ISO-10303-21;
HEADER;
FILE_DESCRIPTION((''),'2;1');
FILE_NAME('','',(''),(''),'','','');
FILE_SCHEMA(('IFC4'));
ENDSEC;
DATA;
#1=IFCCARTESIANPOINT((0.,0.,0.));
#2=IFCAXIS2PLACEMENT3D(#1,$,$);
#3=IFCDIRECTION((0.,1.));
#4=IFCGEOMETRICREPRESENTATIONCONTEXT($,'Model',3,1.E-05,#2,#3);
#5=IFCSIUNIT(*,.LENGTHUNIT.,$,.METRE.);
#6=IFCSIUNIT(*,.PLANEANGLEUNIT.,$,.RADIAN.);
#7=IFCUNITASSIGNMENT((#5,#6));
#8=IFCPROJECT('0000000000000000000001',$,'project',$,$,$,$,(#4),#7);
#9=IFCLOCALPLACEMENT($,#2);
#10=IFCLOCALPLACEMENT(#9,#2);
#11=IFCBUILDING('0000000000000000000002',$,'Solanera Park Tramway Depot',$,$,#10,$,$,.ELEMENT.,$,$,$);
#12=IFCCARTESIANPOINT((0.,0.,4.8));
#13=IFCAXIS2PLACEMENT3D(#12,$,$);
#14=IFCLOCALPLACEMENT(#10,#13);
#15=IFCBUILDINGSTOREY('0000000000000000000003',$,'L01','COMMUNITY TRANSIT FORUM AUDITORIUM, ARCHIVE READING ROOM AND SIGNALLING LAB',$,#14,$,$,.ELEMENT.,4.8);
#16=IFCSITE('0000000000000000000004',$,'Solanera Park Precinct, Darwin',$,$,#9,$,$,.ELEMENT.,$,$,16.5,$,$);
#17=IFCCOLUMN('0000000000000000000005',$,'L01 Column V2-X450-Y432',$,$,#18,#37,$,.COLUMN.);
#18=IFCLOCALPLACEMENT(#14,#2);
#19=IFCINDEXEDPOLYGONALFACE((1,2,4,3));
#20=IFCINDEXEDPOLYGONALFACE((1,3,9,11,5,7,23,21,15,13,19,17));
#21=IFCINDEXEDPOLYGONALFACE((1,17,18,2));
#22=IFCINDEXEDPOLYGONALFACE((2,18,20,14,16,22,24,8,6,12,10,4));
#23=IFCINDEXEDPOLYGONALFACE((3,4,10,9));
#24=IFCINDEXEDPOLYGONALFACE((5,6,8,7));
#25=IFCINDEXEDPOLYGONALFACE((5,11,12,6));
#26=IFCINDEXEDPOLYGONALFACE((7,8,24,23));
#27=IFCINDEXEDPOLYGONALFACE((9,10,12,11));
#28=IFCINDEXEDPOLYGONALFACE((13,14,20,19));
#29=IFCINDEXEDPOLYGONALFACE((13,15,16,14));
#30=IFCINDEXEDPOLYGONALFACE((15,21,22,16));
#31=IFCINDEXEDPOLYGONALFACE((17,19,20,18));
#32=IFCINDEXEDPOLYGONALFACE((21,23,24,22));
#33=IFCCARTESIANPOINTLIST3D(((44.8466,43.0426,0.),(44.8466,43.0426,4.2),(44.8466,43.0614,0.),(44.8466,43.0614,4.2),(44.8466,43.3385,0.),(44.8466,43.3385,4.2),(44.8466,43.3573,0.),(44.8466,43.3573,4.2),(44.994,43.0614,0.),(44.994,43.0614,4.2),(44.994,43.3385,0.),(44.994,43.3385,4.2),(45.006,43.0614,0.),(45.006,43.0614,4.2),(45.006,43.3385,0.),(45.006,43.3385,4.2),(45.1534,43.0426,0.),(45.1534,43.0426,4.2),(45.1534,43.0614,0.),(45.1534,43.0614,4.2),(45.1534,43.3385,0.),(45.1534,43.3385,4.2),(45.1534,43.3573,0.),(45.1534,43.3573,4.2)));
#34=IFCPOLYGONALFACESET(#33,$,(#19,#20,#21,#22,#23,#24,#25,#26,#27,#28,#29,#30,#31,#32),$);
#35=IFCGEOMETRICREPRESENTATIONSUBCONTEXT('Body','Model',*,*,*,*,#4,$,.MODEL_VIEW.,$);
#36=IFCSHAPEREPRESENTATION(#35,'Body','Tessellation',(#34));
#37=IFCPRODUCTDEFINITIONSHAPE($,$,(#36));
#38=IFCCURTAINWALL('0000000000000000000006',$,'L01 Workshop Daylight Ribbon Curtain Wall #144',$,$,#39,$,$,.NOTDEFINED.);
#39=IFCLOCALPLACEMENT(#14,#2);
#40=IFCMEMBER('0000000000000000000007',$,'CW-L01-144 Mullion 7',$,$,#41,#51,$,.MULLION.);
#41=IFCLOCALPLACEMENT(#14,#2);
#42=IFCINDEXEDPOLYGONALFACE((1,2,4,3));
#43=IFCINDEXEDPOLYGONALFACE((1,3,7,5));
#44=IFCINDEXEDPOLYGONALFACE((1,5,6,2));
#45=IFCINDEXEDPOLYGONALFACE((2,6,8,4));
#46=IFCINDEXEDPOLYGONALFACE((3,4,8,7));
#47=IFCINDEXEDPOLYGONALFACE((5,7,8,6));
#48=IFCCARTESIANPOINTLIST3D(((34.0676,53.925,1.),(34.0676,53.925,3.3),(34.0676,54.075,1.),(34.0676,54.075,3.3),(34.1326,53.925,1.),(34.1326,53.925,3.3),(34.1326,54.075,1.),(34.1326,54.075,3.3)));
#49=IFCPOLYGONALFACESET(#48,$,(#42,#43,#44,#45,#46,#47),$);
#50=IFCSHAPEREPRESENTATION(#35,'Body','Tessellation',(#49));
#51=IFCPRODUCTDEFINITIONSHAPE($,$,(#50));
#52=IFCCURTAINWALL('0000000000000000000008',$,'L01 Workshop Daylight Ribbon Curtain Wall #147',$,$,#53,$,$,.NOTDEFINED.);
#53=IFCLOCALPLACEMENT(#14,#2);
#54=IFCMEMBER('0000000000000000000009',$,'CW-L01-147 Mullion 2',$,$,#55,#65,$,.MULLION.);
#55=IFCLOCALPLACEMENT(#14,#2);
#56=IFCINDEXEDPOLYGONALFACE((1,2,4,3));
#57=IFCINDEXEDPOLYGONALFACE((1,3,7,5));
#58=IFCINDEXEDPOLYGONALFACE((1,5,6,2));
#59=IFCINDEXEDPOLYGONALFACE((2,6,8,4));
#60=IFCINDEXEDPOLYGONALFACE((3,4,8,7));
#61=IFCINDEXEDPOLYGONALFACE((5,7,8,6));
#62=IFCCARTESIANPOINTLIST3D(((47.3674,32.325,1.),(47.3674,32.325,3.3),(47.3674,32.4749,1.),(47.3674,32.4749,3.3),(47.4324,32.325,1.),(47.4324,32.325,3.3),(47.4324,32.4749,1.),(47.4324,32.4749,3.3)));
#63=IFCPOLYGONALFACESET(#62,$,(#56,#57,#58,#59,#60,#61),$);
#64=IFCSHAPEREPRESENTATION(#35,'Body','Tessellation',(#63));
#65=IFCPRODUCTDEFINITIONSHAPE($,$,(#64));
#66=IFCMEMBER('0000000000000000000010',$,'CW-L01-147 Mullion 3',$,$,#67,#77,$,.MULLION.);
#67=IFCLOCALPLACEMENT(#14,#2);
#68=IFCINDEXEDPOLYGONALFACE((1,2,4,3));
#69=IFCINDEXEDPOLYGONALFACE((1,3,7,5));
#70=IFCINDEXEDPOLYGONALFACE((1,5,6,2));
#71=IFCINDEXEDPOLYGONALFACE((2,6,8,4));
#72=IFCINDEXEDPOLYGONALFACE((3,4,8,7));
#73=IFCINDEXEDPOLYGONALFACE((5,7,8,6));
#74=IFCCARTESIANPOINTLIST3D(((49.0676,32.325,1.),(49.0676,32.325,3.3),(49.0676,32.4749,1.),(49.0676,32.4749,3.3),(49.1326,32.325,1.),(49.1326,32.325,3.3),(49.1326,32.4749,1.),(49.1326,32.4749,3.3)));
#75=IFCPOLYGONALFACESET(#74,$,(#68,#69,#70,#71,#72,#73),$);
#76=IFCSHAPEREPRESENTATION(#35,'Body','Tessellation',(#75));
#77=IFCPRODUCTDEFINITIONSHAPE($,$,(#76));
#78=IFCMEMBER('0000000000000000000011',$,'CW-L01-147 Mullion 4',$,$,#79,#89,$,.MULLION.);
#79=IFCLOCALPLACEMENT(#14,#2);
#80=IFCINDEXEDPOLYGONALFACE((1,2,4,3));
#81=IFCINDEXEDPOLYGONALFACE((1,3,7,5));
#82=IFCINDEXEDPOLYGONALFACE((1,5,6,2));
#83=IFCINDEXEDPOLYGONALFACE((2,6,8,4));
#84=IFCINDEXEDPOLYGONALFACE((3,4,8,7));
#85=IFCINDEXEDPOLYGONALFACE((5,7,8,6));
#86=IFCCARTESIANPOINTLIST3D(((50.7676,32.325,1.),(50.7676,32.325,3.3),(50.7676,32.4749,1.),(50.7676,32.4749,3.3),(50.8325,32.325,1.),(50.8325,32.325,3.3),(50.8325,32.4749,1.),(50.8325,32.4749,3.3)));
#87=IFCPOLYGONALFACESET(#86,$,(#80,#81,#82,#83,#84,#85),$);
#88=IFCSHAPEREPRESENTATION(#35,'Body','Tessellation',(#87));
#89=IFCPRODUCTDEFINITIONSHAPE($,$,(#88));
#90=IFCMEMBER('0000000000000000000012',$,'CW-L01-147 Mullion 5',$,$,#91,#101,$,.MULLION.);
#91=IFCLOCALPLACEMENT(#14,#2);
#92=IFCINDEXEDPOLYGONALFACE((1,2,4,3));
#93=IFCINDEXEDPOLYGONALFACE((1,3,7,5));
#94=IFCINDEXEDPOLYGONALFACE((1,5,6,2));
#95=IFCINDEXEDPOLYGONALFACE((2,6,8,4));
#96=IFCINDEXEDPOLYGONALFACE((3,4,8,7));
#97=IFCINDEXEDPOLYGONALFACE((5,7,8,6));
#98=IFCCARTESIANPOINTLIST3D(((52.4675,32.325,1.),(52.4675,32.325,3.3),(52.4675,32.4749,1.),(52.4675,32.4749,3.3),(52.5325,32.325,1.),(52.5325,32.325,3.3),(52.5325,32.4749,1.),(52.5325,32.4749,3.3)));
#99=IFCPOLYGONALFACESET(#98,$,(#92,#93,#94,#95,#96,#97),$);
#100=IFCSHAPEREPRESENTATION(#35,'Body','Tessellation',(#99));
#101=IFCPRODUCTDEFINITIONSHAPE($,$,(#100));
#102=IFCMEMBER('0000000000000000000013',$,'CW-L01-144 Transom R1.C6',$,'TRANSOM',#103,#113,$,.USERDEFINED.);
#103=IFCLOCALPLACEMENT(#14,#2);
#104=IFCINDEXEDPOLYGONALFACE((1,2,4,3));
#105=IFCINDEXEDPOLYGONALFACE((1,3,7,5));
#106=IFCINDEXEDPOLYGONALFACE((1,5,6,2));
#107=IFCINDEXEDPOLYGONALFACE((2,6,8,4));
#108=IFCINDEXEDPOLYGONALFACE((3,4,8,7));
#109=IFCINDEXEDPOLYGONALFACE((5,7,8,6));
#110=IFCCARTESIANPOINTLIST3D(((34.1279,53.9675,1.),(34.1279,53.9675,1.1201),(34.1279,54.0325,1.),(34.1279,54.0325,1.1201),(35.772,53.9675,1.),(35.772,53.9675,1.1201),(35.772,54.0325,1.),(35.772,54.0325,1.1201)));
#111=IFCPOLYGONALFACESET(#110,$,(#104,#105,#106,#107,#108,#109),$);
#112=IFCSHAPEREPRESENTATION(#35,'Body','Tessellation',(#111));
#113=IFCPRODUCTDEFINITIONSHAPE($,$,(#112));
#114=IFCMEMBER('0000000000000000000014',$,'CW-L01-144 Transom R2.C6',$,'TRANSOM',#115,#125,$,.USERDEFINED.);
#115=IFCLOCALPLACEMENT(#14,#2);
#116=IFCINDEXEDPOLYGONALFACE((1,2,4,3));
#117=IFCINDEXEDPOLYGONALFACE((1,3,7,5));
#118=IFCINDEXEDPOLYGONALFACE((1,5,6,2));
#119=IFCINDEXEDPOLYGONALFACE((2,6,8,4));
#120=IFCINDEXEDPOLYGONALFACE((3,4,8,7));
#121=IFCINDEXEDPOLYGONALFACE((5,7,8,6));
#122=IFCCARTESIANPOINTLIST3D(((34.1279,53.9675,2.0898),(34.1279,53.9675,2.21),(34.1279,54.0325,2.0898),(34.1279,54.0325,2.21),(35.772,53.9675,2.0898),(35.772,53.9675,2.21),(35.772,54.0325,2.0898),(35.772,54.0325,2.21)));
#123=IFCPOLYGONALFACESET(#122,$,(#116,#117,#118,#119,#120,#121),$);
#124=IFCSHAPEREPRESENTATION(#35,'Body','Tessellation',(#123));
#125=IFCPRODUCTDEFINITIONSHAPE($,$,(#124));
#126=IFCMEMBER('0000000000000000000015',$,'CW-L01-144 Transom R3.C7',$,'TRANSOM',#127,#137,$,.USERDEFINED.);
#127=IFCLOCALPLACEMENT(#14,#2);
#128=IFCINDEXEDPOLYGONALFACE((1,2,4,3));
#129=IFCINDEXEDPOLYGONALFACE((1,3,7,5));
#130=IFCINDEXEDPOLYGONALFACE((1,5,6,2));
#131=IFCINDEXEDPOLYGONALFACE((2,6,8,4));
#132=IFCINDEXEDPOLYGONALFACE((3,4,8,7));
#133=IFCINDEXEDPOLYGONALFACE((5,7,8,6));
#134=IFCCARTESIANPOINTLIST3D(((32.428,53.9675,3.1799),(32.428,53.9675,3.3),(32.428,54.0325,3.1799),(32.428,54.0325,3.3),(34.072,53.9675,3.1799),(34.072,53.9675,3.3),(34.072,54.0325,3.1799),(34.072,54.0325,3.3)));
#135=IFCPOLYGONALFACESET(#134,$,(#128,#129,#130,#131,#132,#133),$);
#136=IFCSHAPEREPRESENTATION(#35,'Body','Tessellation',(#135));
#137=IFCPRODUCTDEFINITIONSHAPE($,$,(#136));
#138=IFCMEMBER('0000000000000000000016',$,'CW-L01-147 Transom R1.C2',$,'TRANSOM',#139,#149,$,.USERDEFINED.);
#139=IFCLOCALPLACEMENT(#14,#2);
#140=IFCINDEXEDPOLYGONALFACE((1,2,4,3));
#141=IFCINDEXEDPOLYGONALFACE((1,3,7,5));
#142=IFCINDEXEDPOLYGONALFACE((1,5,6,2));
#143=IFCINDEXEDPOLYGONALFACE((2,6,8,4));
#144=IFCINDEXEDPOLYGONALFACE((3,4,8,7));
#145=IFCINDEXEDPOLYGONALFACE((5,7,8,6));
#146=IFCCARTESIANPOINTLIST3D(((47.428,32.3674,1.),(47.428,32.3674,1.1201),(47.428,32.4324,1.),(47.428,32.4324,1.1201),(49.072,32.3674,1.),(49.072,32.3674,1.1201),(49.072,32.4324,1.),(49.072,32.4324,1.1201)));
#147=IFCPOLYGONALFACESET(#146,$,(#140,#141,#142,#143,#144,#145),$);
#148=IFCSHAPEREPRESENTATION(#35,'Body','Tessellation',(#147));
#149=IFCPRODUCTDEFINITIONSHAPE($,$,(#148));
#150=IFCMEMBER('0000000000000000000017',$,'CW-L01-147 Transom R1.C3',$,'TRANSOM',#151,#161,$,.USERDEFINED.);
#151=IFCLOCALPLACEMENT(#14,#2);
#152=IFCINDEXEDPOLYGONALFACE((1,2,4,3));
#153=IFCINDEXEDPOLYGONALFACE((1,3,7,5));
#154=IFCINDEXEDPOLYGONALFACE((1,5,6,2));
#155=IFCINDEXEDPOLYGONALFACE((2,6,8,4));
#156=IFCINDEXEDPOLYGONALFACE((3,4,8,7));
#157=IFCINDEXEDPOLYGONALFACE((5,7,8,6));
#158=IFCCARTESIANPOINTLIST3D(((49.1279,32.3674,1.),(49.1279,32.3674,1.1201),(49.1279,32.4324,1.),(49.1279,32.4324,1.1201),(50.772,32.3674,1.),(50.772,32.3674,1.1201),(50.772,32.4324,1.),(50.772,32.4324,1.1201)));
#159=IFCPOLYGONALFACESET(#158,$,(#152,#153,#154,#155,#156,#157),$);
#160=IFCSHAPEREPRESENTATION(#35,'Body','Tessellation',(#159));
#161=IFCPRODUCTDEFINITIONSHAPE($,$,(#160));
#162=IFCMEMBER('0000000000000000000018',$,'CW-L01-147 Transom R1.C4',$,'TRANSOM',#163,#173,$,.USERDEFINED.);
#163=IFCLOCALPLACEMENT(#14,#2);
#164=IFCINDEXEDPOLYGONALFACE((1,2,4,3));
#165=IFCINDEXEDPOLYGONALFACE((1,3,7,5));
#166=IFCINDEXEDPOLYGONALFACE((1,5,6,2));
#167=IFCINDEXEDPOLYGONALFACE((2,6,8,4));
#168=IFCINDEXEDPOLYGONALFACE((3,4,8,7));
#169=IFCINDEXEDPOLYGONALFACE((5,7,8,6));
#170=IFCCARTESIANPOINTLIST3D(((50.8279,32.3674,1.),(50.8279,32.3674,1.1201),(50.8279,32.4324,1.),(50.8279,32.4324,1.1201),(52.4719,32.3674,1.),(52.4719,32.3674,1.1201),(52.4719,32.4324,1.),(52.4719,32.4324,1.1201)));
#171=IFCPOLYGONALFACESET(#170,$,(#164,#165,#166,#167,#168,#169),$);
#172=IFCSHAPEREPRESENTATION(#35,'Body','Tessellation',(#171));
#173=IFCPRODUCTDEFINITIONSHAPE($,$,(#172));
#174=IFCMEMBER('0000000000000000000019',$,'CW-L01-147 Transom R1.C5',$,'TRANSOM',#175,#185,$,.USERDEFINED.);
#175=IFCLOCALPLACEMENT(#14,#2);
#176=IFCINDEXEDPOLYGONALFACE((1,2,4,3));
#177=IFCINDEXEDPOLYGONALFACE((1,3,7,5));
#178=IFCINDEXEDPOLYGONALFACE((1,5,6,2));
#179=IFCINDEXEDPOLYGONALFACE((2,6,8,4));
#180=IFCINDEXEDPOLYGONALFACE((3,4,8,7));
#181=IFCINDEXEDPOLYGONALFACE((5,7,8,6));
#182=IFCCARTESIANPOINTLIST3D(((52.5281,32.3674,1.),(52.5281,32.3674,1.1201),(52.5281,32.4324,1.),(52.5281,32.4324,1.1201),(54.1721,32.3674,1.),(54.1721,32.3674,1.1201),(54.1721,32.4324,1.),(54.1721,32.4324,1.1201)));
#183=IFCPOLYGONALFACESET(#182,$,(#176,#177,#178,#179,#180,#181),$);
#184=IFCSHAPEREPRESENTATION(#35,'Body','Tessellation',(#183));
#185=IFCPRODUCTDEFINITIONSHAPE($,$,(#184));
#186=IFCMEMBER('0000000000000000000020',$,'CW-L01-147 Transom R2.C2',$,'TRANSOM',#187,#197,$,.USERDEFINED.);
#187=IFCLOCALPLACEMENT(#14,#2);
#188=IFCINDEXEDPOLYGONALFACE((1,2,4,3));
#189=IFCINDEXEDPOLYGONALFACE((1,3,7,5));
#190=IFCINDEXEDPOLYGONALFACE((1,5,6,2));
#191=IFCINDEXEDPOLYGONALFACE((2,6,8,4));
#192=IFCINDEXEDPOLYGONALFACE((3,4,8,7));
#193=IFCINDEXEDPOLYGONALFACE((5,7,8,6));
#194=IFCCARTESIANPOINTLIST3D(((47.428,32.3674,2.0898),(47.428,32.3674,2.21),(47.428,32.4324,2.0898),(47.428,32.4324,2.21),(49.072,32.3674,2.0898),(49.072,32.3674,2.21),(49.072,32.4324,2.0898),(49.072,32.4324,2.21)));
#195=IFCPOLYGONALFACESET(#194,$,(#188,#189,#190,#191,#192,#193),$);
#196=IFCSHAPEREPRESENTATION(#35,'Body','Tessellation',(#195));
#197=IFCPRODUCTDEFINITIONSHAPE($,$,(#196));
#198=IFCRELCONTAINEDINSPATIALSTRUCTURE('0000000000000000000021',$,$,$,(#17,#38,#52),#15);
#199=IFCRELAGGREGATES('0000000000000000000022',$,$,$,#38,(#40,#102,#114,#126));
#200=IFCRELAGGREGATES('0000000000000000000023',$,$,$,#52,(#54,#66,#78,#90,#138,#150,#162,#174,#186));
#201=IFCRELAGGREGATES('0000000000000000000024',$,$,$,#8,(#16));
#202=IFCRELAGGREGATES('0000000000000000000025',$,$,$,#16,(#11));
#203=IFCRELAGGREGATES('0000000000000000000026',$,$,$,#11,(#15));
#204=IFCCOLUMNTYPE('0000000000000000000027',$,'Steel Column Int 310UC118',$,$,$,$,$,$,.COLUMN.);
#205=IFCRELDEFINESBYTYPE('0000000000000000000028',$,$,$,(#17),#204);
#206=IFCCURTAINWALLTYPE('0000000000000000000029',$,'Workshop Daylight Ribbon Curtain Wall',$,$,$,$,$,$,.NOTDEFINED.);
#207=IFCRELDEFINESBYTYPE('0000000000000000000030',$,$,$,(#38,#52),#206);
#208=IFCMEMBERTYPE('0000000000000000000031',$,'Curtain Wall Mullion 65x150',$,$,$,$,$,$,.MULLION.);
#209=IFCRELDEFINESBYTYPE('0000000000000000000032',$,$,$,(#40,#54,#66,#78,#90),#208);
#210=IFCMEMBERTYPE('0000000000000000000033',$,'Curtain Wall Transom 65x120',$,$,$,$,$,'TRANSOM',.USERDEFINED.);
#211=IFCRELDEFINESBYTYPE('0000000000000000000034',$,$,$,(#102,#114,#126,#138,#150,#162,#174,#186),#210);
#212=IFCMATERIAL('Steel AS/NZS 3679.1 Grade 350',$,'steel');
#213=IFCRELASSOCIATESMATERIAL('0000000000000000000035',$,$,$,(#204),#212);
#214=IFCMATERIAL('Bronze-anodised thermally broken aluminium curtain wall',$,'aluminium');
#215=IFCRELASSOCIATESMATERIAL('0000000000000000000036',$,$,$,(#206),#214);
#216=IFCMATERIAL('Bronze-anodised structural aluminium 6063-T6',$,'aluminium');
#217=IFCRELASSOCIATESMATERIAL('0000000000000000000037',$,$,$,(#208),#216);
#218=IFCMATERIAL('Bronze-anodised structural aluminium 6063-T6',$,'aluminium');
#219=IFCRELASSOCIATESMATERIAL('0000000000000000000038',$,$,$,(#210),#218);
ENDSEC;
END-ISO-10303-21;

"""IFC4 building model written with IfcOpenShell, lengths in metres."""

from ifc_helpers import new_model, si_unit, direction, frame, origin, origin_2d, place, context, subcontext, project, spatial, rectangle, i_section, extrude, material, material_profile, profile_set, type_object, element, aggregate, save


model = new_model("IFC4")

# Units and contexts
model_context = context("Model", 3, precision=1e-05, world=origin(), true_north=direction((0.0, 1.0)))
body_context = subcontext(model_context, "Body", "Model", "MODEL_VIEW")
ifc_project = project(units=[si_unit("LENGTHUNIT", "METRE"), si_unit("PLANEANGLEUNIT", "RADIAN")], contexts=[model_context])

# Site, building, storey
site_placement = place(None, origin())
site = spatial("IfcSite", under=ifc_project, at=site_placement, Name="Solanera Park Precinct, Darwin", CompositionType="ELEMENT", RefElevation=16.5)
building_placement = place(site_placement, origin())
building = spatial("IfcBuilding", under=site, at=building_placement, Name="Solanera Park Tramway Depot", CompositionType="ELEMENT")
storey_placement = place(building_placement, frame((0.0, 0.0, 4.8)))
storey = spatial("IfcBuildingStorey", under=building, at=storey_placement, Name="L01", Description="COMMUNITY TRANSIT FORUM AUDITORIUM, ARCHIVE READING ROOM AND SIGNALLING LAB", CompositionType="ELEMENT", Elevation=4.8)

# Column
ifc_material_1 = material(Name="Steel AS/NZS 3679.1 Grade 350", Category="steel")
ifc_material_profile_1 = material_profile(ifc_material_1, i_section(OverallWidth=0.3069, OverallDepth=0.3147, WebThickness=0.012, FlangeThickness=0.0188, at=origin_2d()), Name="310UC118")
ifc_profile_set_1 = profile_set([ifc_material_profile_1], Name="Steel AS/NZS 3679.1 Grade 350")
column_type = type_object("IfcColumnType", Name="Steel Column Int 310UC118", PredefinedType="COLUMN", material=ifc_profile_set_1)
column_placement = place(storey_placement, frame((45.0, 43.2, 0.0), z_axis=(0.0, 0.0, 1.0), x_axis=(1.0, 0.0, 0.0)))
element("IfcColumn", 1, at=column_placement, inside=storey, type_object=column_type, Name="L01 Column V2-X450-Y432", PredefinedType="COLUMN", context=body_context, shape_type="SweptSolid", body=[
    extrude(i_section(OverallWidth=0.3069, OverallDepth=0.3147, WebThickness=0.012, FlangeThickness=0.0188, at=origin_2d()), origin(), (0.0, 0.0, 1.0), 4.2),
])

# Curtain wall, member
ifc_material_2 = material(Name="Bronze-anodised thermally broken aluminium curtain wall", Category="aluminium")
curtain_wall_type = type_object("IfcCurtainWallType", Name="Workshop Daylight Ribbon Curtain Wall", PredefinedType="NOTDEFINED", material=ifc_material_2)
curtain_wall_1_placement = place(storey_placement, origin())
curtain_wall_1 = element("IfcCurtainWall", 2, at=curtain_wall_1_placement, inside=storey, type_object=curtain_wall_type, Name="L01 Workshop Daylight Ribbon Curtain Wall #144", PredefinedType="NOTDEFINED")
ifc_material_3 = material(Name="Bronze-anodised structural aluminium 6063-T6", Category="aluminium")
ifc_material_profile_2 = material_profile(ifc_material_3, rectangle(XDim=0.0649, YDim=0.1499, at=origin_2d()), Name="Curtain Wall Mullion 65x150")
ifc_profile_set_2 = profile_set([ifc_material_profile_2], Name="Bronze-anodised structural aluminium 6063-T6")
member_type_1 = type_object("IfcMemberType", Name="Curtain Wall Mullion 65x150", PredefinedType="MULLION", material=ifc_profile_set_2)
member_1_placement = place(storey_placement, frame((34.1001, 54.0, 1.0), z_axis=(0.0, 0.0, 1.0), x_axis=(1.0, 0.0, 0.0)))
member_1 = element("IfcMember", 3, at=member_1_placement, type_object=member_type_1, Name="CW-L01-144 Mullion 7", PredefinedType="MULLION", context=body_context, shape_type="SweptSolid", body=[
    extrude(rectangle(XDim=0.0649, YDim=0.1499, at=origin_2d()), origin(), (0.0, 0.0, 1.0), 2.3),
])

# Curtain wall, members
curtain_wall_2_placement = place(storey_placement, origin())
curtain_wall_2 = element("IfcCurtainWall", 4, at=curtain_wall_2_placement, inside=storey, type_object=curtain_wall_type, Name="L01 Workshop Daylight Ribbon Curtain Wall #147", PredefinedType="NOTDEFINED")
member_2_placement = place(storey_placement, frame((47.3999, 32.3999, 1.0), z_axis=(0.0, 0.0, 1.0), x_axis=(1.0, 0.0, 0.0)))
member_2 = element("IfcMember", 5, at=member_2_placement, type_object=member_type_1, Name="CW-L01-147 Mullion 2", PredefinedType="MULLION", context=body_context, shape_type="SweptSolid", body=[
    extrude(rectangle(XDim=0.0649, YDim=0.1499, at=origin_2d()), origin(), (0.0, 0.0, 1.0), 2.3),
])
member_3_placement = place(storey_placement, frame((49.1001, 32.3999, 1.0), z_axis=(0.0, 0.0, 1.0), x_axis=(1.0, 0.0, 0.0)))
member_3 = element("IfcMember", 6, at=member_3_placement, type_object=member_type_1, Name="CW-L01-147 Mullion 3", PredefinedType="MULLION", context=body_context, shape_type="SweptSolid", body=[
    extrude(rectangle(XDim=0.0649, YDim=0.1499, at=origin_2d()), origin(), (0.0, 0.0, 1.0), 2.3),
])
member_4_placement = place(storey_placement, frame((50.8, 32.3999, 1.0), z_axis=(0.0, 0.0, 1.0), x_axis=(1.0, 0.0, 0.0)))
member_4 = element("IfcMember", 7, at=member_4_placement, type_object=member_type_1, Name="CW-L01-147 Mullion 4", PredefinedType="MULLION", context=body_context, shape_type="SweptSolid", body=[
    extrude(rectangle(XDim=0.0649, YDim=0.1499, at=origin_2d()), origin(), (0.0, 0.0, 1.0), 2.3),
])
member_5_placement = place(storey_placement, frame((52.5, 32.3999, 1.0), z_axis=(0.0, 0.0, 1.0), x_axis=(1.0, 0.0, 0.0)))
member_5 = element("IfcMember", 8, at=member_5_placement, type_object=member_type_1, Name="CW-L01-147 Mullion 5", PredefinedType="MULLION", context=body_context, shape_type="SweptSolid", body=[
    extrude(rectangle(XDim=0.0649, YDim=0.1499, at=origin_2d()), origin(), (0.0, 0.0, 1.0), 2.3),
])

# Members
ifc_material_4 = material(Name="Bronze-anodised structural aluminium 6063-T6", Category="aluminium")
ifc_material_profile_3 = material_profile(ifc_material_4, rectangle(XDim=0.0649, YDim=0.1201, at=origin_2d()), Name="Curtain Wall Transom 65x120")
ifc_profile_set_3 = profile_set([ifc_material_profile_3], Name="Bronze-anodised structural aluminium 6063-T6")
member_type_2 = type_object("IfcMemberType", Name="Curtain Wall Transom 65x120", ElementType="TRANSOM", PredefinedType="USERDEFINED", material=ifc_profile_set_3)
member_6_placement = place(storey_placement, frame((35.772, 54.0, 1.0601), z_axis=(-1.0, 0.0, 0.0), x_axis=(0.0, -1.0, 0.0)))
member_6 = element("IfcMember", 9, at=member_6_placement, type_object=member_type_2, Name="CW-L01-144 Transom R1.C6", ObjectType="TRANSOM", PredefinedType="USERDEFINED", context=body_context, shape_type="SweptSolid", body=[
    extrude(rectangle(XDim=0.0649, YDim=0.1201, at=origin_2d()), origin(), (0.0, 0.0, 1.0), 1.644),
])
member_7_placement = place(storey_placement, frame((35.772, 54.0, 2.1499), z_axis=(-1.0, 0.0, 0.0), x_axis=(0.0, -1.0, 0.0)))
member_7 = element("IfcMember", 10, at=member_7_placement, type_object=member_type_2, Name="CW-L01-144 Transom R2.C6", ObjectType="TRANSOM", PredefinedType="USERDEFINED", context=body_context, shape_type="SweptSolid", body=[
    extrude(rectangle(XDim=0.0649, YDim=0.1201, at=origin_2d()), origin(), (0.0, 0.0, 1.0), 1.644),
])
member_8_placement = place(storey_placement, frame((34.072, 54.0, 3.24), z_axis=(-1.0, 0.0, 0.0), x_axis=(0.0, -1.0, 0.0)))
member_8 = element("IfcMember", 11, at=member_8_placement, type_object=member_type_2, Name="CW-L01-144 Transom R3.C7", ObjectType="TRANSOM", PredefinedType="USERDEFINED", context=body_context, shape_type="SweptSolid", body=[
    extrude(rectangle(XDim=0.0649, YDim=0.1201, at=origin_2d()), origin(), (0.0, 0.0, 1.0), 1.644),
])
member_9_placement = place(storey_placement, frame((47.428, 32.3999, 1.0601), z_axis=(1.0, 0.0, 0.0), x_axis=(0.0, 1.0, 0.0)))
member_9 = element("IfcMember", 12, at=member_9_placement, type_object=member_type_2, Name="CW-L01-147 Transom R1.C2", ObjectType="TRANSOM", PredefinedType="USERDEFINED", context=body_context, shape_type="SweptSolid", body=[
    extrude(rectangle(XDim=0.0649, YDim=0.1201, at=origin_2d()), origin(), (0.0, 0.0, 1.0), 1.644),
])
member_10_placement = place(storey_placement, frame((49.1279, 32.3999, 1.0601), z_axis=(1.0, 0.0, 0.0), x_axis=(0.0, 1.0, 0.0)))
member_10 = element("IfcMember", 13, at=member_10_placement, type_object=member_type_2, Name="CW-L01-147 Transom R1.C3", ObjectType="TRANSOM", PredefinedType="USERDEFINED", context=body_context, shape_type="SweptSolid", body=[
    extrude(rectangle(XDim=0.0649, YDim=0.1201, at=origin_2d()), origin(), (0.0, 0.0, 1.0), 1.644),
])
member_11_placement = place(storey_placement, frame((50.8279, 32.3999, 1.0601), z_axis=(1.0, 0.0, 0.0), x_axis=(0.0, 1.0, 0.0)))
member_11 = element("IfcMember", 14, at=member_11_placement, type_object=member_type_2, Name="CW-L01-147 Transom R1.C4", ObjectType="TRANSOM", PredefinedType="USERDEFINED", context=body_context, shape_type="SweptSolid", body=[
    extrude(rectangle(XDim=0.0649, YDim=0.1201, at=origin_2d()), origin(), (0.0, 0.0, 1.0), 1.644),
])
member_12_placement = place(storey_placement, frame((52.5281, 32.3999, 1.0601), z_axis=(1.0, 0.0, 0.0), x_axis=(0.0, 1.0, 0.0)))
member_12 = element("IfcMember", 15, at=member_12_placement, type_object=member_type_2, Name="CW-L01-147 Transom R1.C5", ObjectType="TRANSOM", PredefinedType="USERDEFINED", context=body_context, shape_type="SweptSolid", body=[
    extrude(rectangle(XDim=0.0649, YDim=0.1201, at=origin_2d()), origin(), (0.0, 0.0, 1.0), 1.644),
])
member_13_placement = place(storey_placement, frame((47.428, 32.3999, 2.1499), z_axis=(1.0, 0.0, 0.0), x_axis=(0.0, 1.0, 0.0)))
member_13 = element("IfcMember", 16, at=member_13_placement, type_object=member_type_2, Name="CW-L01-147 Transom R2.C2", ObjectType="TRANSOM", PredefinedType="USERDEFINED", context=body_context, shape_type="SweptSolid", body=[
    extrude(rectangle(XDim=0.0649, YDim=0.1201, at=origin_2d()), origin(), (0.0, 0.0, 1.0), 1.644),
])

aggregate(curtain_wall_1, [member_1, member_6, member_7, member_8])
aggregate(curtain_wall_2, [member_2, member_3, member_4, member_5, member_9, member_10, member_11, member_12, member_13])

save(model, "model.ifc")
